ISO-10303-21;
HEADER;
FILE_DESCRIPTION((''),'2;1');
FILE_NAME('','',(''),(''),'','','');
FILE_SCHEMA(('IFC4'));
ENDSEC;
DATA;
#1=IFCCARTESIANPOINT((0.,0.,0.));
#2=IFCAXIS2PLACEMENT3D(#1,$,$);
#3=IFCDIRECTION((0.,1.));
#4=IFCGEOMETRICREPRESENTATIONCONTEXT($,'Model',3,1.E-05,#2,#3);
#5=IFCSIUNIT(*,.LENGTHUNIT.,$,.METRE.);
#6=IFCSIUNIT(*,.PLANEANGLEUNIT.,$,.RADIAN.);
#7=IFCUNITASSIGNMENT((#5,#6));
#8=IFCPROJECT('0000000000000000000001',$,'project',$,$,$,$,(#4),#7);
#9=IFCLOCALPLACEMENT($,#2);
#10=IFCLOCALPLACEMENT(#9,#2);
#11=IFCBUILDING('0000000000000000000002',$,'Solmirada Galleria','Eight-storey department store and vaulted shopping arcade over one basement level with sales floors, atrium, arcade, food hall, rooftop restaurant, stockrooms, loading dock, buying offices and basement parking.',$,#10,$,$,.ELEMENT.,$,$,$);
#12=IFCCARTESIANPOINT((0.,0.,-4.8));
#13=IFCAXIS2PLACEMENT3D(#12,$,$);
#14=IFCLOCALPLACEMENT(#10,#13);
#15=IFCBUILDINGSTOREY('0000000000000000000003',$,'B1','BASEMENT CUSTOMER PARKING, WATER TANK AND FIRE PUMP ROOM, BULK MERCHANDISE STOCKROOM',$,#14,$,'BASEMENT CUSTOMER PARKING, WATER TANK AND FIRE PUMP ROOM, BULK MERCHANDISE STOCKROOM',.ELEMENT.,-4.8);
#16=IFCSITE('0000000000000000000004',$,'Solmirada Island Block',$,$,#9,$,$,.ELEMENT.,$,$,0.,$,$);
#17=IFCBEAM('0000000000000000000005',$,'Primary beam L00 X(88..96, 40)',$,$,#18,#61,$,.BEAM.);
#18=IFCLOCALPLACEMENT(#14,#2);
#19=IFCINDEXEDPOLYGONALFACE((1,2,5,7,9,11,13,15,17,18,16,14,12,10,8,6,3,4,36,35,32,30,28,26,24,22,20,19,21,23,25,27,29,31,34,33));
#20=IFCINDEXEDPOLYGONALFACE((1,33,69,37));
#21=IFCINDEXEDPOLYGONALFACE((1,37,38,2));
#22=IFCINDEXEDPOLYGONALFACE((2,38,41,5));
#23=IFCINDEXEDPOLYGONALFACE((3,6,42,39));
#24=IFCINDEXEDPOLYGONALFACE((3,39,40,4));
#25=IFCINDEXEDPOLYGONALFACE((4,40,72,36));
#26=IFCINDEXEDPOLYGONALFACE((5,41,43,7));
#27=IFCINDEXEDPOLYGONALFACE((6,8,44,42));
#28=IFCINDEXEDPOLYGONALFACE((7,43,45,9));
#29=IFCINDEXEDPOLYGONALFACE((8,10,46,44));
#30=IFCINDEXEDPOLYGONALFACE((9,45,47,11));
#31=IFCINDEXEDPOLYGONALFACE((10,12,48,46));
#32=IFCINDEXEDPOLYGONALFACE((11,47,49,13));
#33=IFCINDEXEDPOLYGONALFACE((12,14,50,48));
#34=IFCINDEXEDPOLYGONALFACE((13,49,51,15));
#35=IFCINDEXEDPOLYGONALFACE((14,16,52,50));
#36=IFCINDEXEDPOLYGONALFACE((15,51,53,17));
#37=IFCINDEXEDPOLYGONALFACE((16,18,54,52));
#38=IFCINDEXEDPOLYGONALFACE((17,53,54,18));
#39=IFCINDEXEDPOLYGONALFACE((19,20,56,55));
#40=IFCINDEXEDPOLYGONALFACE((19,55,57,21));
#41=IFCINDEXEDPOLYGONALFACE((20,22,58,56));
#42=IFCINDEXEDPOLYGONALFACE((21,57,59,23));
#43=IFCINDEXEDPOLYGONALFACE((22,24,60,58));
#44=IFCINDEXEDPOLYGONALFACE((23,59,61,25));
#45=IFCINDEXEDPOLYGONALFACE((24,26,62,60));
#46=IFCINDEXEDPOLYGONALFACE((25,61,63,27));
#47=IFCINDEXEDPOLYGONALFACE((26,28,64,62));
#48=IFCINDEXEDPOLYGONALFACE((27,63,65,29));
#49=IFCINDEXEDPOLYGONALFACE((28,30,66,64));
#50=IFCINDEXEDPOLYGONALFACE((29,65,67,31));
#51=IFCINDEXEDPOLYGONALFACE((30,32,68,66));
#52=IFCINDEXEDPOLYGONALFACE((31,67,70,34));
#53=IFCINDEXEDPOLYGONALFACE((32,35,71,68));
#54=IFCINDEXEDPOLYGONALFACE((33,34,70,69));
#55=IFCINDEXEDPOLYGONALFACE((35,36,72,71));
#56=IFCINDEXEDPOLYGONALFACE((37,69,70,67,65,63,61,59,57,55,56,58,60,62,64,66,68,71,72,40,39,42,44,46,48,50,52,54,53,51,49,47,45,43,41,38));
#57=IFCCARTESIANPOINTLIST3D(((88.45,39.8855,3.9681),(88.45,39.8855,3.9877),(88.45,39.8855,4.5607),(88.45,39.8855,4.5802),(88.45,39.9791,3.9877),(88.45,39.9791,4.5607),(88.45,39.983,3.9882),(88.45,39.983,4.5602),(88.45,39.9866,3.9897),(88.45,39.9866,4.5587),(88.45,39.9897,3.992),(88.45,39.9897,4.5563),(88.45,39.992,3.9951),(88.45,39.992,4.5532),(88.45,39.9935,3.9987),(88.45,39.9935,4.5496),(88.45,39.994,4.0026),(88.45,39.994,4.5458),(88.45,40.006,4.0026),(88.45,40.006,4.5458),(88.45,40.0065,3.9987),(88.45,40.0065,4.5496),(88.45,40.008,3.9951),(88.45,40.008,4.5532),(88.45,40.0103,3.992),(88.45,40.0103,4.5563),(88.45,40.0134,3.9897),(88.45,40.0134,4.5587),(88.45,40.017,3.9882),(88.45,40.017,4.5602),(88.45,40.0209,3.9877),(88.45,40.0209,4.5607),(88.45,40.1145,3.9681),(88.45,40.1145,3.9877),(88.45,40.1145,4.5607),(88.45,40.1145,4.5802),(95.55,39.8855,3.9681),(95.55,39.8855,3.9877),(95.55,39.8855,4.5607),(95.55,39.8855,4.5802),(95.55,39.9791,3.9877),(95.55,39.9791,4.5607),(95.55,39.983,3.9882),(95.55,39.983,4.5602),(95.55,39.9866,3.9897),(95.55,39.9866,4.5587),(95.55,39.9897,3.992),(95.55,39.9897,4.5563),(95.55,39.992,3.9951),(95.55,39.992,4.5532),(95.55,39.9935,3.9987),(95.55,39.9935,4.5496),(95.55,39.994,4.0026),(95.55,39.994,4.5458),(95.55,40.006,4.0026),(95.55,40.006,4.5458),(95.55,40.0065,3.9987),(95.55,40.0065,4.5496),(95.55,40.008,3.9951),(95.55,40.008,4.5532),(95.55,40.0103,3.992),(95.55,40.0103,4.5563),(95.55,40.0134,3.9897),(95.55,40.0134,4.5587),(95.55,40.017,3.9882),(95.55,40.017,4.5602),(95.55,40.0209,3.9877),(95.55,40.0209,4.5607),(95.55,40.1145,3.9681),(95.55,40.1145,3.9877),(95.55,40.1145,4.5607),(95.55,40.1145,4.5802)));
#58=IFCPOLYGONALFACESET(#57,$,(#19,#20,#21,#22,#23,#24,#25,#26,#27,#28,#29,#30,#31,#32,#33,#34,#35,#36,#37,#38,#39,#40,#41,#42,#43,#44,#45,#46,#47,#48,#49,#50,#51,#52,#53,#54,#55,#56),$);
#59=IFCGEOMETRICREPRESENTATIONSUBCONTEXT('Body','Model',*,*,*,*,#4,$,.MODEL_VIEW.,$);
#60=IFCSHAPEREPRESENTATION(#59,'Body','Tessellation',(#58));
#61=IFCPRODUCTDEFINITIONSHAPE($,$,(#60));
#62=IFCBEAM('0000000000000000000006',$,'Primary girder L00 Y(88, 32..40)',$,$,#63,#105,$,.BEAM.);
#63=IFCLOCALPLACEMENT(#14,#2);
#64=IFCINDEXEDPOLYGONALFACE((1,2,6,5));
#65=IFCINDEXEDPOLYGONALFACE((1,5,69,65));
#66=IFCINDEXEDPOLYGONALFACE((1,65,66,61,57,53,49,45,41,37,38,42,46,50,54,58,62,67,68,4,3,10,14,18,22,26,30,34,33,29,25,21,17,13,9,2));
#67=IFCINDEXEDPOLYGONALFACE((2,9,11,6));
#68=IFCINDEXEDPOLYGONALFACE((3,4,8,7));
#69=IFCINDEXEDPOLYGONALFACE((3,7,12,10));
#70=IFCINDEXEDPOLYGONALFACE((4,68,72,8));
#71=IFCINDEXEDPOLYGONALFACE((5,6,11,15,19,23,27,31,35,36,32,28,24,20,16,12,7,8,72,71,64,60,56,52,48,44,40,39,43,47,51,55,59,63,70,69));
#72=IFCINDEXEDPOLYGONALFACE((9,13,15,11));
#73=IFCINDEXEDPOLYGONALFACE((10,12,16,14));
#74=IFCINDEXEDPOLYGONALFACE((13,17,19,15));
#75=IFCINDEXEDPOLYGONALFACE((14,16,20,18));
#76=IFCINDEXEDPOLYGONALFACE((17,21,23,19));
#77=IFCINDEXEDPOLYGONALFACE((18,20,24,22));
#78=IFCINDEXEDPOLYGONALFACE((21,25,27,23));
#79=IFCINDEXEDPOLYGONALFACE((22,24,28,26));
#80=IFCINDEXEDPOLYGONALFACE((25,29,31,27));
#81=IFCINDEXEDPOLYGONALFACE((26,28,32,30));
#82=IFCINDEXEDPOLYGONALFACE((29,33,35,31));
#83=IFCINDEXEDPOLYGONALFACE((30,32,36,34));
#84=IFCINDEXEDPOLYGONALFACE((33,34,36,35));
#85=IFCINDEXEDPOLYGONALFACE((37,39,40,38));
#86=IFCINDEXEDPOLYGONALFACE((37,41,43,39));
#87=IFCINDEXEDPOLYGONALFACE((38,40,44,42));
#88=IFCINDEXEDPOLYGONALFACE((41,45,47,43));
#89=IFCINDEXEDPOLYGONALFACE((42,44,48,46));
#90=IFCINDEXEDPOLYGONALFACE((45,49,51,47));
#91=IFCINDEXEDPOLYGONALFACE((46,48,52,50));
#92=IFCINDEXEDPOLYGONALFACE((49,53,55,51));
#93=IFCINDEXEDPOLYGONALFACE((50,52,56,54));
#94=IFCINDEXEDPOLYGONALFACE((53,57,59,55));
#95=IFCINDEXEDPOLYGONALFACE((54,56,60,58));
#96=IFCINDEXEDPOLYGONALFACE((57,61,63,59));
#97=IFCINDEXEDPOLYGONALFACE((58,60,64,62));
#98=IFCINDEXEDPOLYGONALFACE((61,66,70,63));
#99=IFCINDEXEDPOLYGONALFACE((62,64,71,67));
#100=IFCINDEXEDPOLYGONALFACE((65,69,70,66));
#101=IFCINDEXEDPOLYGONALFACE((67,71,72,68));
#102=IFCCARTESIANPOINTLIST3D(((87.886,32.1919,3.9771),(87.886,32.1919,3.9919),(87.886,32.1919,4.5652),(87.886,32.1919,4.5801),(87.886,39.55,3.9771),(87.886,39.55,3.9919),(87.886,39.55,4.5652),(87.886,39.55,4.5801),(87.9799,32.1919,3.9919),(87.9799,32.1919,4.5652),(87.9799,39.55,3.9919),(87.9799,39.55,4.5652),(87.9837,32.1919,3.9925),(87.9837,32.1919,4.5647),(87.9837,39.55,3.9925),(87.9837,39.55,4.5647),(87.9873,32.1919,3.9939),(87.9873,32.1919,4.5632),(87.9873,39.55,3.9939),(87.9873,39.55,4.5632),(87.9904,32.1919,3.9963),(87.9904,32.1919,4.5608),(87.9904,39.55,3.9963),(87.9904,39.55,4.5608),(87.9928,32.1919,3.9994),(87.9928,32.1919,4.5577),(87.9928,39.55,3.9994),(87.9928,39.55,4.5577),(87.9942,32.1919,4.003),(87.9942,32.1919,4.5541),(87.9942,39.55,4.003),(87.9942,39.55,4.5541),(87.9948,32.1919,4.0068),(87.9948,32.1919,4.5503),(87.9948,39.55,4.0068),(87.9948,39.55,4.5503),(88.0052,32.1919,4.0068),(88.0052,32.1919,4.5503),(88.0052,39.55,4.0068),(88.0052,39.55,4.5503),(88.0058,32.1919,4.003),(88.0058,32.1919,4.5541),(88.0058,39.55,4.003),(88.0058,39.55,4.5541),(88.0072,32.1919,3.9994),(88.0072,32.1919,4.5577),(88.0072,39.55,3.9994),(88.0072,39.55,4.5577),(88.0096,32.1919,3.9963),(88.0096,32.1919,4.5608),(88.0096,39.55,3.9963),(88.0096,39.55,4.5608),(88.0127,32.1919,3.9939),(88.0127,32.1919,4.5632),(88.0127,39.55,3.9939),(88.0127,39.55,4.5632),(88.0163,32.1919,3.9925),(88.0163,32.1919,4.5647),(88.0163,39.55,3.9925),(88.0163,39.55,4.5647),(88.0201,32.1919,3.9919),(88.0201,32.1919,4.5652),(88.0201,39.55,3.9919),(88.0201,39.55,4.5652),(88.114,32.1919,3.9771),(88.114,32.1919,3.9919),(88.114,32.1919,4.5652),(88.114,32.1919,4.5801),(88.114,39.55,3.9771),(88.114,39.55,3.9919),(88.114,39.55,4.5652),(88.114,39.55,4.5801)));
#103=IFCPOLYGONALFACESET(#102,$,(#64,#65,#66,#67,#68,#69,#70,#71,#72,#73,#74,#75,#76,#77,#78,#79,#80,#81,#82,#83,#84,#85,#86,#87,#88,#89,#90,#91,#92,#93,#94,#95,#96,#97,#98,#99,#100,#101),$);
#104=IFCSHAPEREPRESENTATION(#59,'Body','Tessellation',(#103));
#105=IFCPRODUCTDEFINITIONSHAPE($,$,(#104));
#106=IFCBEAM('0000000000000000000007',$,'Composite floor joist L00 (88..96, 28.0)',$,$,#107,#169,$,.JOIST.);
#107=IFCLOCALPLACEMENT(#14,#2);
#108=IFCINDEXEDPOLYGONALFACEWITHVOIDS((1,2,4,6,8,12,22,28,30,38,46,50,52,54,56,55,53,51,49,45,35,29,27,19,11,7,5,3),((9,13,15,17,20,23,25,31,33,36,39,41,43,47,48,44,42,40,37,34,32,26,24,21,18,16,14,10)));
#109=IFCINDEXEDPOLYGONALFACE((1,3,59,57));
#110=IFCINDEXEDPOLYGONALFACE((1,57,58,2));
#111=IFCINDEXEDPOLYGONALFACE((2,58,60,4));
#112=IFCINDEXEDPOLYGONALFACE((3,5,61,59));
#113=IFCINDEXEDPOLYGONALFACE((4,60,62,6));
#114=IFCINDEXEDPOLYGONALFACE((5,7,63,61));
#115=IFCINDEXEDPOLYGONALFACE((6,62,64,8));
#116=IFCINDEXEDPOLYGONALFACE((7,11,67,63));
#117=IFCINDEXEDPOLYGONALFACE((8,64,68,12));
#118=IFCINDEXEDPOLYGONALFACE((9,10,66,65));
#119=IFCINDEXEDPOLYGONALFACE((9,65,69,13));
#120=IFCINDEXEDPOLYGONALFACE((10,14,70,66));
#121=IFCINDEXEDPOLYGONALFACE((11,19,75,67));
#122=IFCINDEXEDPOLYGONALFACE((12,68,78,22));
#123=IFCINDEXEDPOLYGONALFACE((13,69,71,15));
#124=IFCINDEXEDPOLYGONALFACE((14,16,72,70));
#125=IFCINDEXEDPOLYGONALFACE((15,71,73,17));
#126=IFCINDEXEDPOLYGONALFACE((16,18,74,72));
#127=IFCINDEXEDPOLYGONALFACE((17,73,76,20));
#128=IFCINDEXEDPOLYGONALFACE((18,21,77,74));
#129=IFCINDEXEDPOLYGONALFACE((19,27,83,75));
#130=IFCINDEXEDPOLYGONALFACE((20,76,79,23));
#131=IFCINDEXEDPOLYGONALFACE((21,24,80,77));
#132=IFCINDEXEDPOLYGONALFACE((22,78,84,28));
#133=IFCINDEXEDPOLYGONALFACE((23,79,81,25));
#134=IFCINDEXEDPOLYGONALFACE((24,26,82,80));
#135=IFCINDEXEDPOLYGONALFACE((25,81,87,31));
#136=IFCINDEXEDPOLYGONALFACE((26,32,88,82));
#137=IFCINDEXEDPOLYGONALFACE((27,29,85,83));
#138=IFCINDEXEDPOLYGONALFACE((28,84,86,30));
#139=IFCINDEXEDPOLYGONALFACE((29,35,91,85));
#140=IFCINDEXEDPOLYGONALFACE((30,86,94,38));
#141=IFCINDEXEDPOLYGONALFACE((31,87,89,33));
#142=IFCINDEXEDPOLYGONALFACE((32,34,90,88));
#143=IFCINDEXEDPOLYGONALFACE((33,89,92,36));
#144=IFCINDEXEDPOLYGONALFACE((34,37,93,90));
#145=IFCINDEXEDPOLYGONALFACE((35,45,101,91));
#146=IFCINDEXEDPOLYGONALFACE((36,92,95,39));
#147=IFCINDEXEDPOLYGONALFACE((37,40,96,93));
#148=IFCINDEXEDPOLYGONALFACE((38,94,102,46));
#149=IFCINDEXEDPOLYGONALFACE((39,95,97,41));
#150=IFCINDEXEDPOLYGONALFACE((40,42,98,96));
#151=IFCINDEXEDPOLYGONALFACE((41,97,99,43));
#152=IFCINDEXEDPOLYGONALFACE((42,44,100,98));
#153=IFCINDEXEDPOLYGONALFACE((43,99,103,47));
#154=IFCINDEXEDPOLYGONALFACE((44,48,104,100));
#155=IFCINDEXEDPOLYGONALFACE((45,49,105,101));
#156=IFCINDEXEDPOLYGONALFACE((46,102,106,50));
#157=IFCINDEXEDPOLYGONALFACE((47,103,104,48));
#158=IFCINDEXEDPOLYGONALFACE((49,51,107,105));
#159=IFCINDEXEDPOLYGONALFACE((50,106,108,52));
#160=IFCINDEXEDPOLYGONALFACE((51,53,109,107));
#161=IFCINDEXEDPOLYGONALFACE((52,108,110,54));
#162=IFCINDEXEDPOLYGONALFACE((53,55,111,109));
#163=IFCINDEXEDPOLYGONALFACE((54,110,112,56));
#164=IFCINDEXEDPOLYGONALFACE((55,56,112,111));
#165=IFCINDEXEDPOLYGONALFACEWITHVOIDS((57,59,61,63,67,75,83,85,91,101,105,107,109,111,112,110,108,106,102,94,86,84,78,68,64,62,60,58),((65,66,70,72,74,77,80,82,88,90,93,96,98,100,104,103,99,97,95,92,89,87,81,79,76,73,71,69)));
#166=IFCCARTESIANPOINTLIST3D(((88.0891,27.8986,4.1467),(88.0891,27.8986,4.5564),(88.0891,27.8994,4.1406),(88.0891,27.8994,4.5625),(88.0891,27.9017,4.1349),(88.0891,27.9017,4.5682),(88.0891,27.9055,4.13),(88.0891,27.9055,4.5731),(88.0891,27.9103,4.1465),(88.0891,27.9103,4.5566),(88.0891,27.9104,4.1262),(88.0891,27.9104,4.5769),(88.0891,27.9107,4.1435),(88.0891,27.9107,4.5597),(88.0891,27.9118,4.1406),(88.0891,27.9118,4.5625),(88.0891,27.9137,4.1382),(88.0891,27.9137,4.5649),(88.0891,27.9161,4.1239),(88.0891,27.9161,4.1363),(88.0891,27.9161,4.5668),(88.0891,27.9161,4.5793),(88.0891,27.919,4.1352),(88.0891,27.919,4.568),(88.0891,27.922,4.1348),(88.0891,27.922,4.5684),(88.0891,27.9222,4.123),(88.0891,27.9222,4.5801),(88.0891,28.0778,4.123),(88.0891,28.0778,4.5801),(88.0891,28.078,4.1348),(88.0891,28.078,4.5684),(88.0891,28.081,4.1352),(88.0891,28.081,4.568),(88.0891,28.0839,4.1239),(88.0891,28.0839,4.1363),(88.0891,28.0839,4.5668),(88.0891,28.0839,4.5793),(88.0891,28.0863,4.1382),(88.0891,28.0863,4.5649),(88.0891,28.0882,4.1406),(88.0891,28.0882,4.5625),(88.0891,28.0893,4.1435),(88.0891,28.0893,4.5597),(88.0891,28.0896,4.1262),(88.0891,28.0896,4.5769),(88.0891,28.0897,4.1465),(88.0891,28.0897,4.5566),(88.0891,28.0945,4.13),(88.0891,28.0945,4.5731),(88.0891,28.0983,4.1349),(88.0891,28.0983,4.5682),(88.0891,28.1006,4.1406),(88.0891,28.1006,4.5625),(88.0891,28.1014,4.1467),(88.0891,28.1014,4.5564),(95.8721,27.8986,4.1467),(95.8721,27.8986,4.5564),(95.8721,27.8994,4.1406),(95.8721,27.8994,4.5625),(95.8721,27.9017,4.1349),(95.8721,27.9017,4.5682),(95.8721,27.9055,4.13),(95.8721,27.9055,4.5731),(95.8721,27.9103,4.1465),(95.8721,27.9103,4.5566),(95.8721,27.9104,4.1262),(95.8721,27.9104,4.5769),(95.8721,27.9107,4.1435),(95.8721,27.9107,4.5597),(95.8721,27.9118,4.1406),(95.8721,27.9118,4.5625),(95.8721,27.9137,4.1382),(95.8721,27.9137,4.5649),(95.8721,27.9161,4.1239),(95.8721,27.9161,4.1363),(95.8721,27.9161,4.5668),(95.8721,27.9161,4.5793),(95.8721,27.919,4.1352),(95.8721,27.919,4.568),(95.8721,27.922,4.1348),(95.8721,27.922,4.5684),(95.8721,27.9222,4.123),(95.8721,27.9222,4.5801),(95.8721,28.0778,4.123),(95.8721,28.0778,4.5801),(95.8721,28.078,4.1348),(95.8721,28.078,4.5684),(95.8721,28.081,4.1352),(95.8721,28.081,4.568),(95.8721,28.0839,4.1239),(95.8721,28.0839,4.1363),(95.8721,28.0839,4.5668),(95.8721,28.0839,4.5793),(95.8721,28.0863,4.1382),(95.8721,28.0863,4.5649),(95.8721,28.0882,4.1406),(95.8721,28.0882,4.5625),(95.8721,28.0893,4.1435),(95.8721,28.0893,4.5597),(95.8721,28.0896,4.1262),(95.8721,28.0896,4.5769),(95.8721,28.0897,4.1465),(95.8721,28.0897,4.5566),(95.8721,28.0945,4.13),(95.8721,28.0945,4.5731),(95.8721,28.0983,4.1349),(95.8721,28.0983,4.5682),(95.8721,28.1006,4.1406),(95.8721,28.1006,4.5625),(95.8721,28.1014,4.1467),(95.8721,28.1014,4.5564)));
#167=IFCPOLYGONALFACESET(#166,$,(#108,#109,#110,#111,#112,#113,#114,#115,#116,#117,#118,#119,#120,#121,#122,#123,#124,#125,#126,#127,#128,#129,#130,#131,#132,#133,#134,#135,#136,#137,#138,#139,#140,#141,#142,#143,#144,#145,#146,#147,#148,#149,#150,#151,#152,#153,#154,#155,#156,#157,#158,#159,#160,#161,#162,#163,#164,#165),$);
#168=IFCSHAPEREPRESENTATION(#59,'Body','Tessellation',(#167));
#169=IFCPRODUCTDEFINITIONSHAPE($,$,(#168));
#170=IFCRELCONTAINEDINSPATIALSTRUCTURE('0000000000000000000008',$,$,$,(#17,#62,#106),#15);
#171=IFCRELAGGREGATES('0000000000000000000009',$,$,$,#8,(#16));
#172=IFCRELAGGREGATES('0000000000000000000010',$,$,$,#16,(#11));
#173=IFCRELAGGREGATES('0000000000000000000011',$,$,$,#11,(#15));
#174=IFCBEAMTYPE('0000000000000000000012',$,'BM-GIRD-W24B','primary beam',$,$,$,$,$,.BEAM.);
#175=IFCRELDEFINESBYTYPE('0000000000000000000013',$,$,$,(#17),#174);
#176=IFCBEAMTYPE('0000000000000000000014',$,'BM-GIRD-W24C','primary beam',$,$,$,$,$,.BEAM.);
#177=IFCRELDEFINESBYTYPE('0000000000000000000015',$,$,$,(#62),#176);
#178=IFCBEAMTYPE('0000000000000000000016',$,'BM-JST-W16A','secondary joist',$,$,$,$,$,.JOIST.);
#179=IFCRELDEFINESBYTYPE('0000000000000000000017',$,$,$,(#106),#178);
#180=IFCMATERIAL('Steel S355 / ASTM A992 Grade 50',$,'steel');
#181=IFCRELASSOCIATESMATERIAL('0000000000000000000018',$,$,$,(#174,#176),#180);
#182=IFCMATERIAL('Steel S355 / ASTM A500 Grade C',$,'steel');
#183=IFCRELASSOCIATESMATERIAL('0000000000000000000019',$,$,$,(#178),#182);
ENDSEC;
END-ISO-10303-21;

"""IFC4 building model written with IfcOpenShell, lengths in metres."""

from ifc_helpers import new_model, si_unit, direction, frame, origin, origin_2d, place, context, subcontext, project, spatial, hollow_rectangle, i_section, extrude, material, material_profile, profile_set, type_object, element, save


model = new_model("IFC4")

# Units and contexts
model_context = context("Model", 3, precision=1e-05, world=origin(), true_north=direction((0.0, 1.0)))
body_context = subcontext(model_context, "Body", "Model", "MODEL_VIEW")
ifc_project = project(units=[si_unit("LENGTHUNIT", "METRE"), si_unit("PLANEANGLEUNIT", "RADIAN")], contexts=[model_context])

# Site, building, storey
site_placement = place(None, origin())
site = spatial("IfcSite", under=ifc_project, at=site_placement, Name="Solmirada Island Block", CompositionType="ELEMENT", RefElevation=0.0)
building_placement = place(site_placement, origin())
building = spatial("IfcBuilding", under=site, at=building_placement, Name="Solmirada Galleria", Description="Eight-storey department store and vaulted shopping arcade over one basement level with sales floors, atrium, arcade, food hall, rooftop restaurant, stockrooms, loading dock, buying offices and basement parking.", CompositionType="ELEMENT")
storey_placement = place(building_placement, frame((0.0, 0.0, -4.8)))
storey = spatial("IfcBuildingStorey", under=building, at=storey_placement, Name="B1", Description="BASEMENT CUSTOMER PARKING, WATER TANK AND FIRE PUMP ROOM, BULK MERCHANDISE STOCKROOM", LongName="BASEMENT CUSTOMER PARKING, WATER TANK AND FIRE PUMP ROOM, BULK MERCHANDISE STOCKROOM", CompositionType="ELEMENT", Elevation=-4.8)

# Shared definitions
ifc_material_1 = material(Name="Steel S355 / ASTM A500 Grade C", Category="steel")

# Beams
ifc_material_2 = material(Name="Steel S355 / ASTM A992 Grade 50", Category="steel")
ifc_material_profile_1 = material_profile(ifc_material_2, i_section(OverallWidth=0.229, OverallDepth=0.6121, WebThickness=0.012, FlangeThickness=0.0195, FilletRadius=0.0149, at=origin_2d()), Name="W24X84")
ifc_profile_set_1 = profile_set([ifc_material_profile_1], Name="Steel S355 / ASTM A992 Grade 50")
beam_type_1 = type_object("IfcBeamType", Name="BM-GIRD-W24B", Description="primary beam", PredefinedType="BEAM", material=ifc_profile_set_1)
beam_1_placement = place(storey_placement, frame((88.45, 40.0, 4.2742), z_axis=(1.0, 0.0, 0.0), x_axis=(0.0, 1.0, 0.0)))
element("IfcBeam", 1, at=beam_1_placement, inside=storey, type_object=beam_type_1, Name="Primary beam L00 X(88..96, 40)", PredefinedType="BEAM", context=body_context, shape_type="SweptSolid", body=[
    extrude(i_section(OverallWidth=0.229, OverallDepth=0.6121, WebThickness=0.012, FlangeThickness=0.0195, FilletRadius=0.0149, at=origin_2d()), origin(), (0.0, 0.0, 1.0), 7.1001),
])
ifc_material_profile_2 = material_profile(ifc_material_2, i_section(OverallWidth=0.228, OverallDepth=0.603, WebThickness=0.0105, FlangeThickness=0.0149, FilletRadius=0.0149, at=origin_2d()), Name="W24X68")
ifc_profile_set_2 = profile_set([ifc_material_profile_2], Name="Steel S355 / ASTM A992 Grade 50")
beam_type_2 = type_object("IfcBeamType", Name="BM-GIRD-W24C", Description="primary beam", PredefinedType="BEAM", material=ifc_profile_set_2)
beam_2_placement = place(storey_placement, frame((88.0, 32.1919, 4.2786), z_axis=(0.0, 1.0, 0.0), x_axis=(-1.0, 0.0, 0.0)))
element("IfcBeam", 2, at=beam_2_placement, inside=storey, type_object=beam_type_2, Name="Primary girder L00 Y(88, 32..40)", PredefinedType="BEAM", context=body_context, shape_type="SweptSolid", body=[
    extrude(i_section(OverallWidth=0.228, OverallDepth=0.603, WebThickness=0.0105, FlangeThickness=0.0149, FilletRadius=0.0149, at=origin_2d()), origin(), (0.0, 0.0, 1.0), 7.3582),
])
ifc_material_profile_3 = material_profile(ifc_material_1, hollow_rectangle(XDim=0.2029, YDim=0.457, WallThickness=0.0117, InnerFilletRadius=0.0117, OuterFilletRadius=0.0237, at=origin_2d()), Name="HSS18X8X1/2")
ifc_profile_set_3 = profile_set([ifc_material_profile_3], Name="Steel S355 / ASTM A500 Grade C")
beam_type_3 = type_object("IfcBeamType", Name="BM-JST-W16A", Description="secondary joist", PredefinedType="JOIST", material=ifc_profile_set_3)
beam_3_placement = place(storey_placement, frame((88.0891, 28.0, 4.3516), z_axis=(1.0, 0.0, 0.0), x_axis=(0.0, 1.0, 0.0)))
element("IfcBeam", 3, at=beam_3_placement, inside=storey, type_object=beam_type_3, Name="Composite floor joist L00 (88..96, 28.0)", PredefinedType="JOIST", context=body_context, shape_type="SweptSolid", body=[
    extrude(hollow_rectangle(XDim=0.2029, YDim=0.457, WallThickness=0.0117, InnerFilletRadius=0.0117, OuterFilletRadius=0.0237, at=origin_2d()), origin(), (0.0, 0.0, 1.0), 7.783),
])

save(model, "model.ifc")
